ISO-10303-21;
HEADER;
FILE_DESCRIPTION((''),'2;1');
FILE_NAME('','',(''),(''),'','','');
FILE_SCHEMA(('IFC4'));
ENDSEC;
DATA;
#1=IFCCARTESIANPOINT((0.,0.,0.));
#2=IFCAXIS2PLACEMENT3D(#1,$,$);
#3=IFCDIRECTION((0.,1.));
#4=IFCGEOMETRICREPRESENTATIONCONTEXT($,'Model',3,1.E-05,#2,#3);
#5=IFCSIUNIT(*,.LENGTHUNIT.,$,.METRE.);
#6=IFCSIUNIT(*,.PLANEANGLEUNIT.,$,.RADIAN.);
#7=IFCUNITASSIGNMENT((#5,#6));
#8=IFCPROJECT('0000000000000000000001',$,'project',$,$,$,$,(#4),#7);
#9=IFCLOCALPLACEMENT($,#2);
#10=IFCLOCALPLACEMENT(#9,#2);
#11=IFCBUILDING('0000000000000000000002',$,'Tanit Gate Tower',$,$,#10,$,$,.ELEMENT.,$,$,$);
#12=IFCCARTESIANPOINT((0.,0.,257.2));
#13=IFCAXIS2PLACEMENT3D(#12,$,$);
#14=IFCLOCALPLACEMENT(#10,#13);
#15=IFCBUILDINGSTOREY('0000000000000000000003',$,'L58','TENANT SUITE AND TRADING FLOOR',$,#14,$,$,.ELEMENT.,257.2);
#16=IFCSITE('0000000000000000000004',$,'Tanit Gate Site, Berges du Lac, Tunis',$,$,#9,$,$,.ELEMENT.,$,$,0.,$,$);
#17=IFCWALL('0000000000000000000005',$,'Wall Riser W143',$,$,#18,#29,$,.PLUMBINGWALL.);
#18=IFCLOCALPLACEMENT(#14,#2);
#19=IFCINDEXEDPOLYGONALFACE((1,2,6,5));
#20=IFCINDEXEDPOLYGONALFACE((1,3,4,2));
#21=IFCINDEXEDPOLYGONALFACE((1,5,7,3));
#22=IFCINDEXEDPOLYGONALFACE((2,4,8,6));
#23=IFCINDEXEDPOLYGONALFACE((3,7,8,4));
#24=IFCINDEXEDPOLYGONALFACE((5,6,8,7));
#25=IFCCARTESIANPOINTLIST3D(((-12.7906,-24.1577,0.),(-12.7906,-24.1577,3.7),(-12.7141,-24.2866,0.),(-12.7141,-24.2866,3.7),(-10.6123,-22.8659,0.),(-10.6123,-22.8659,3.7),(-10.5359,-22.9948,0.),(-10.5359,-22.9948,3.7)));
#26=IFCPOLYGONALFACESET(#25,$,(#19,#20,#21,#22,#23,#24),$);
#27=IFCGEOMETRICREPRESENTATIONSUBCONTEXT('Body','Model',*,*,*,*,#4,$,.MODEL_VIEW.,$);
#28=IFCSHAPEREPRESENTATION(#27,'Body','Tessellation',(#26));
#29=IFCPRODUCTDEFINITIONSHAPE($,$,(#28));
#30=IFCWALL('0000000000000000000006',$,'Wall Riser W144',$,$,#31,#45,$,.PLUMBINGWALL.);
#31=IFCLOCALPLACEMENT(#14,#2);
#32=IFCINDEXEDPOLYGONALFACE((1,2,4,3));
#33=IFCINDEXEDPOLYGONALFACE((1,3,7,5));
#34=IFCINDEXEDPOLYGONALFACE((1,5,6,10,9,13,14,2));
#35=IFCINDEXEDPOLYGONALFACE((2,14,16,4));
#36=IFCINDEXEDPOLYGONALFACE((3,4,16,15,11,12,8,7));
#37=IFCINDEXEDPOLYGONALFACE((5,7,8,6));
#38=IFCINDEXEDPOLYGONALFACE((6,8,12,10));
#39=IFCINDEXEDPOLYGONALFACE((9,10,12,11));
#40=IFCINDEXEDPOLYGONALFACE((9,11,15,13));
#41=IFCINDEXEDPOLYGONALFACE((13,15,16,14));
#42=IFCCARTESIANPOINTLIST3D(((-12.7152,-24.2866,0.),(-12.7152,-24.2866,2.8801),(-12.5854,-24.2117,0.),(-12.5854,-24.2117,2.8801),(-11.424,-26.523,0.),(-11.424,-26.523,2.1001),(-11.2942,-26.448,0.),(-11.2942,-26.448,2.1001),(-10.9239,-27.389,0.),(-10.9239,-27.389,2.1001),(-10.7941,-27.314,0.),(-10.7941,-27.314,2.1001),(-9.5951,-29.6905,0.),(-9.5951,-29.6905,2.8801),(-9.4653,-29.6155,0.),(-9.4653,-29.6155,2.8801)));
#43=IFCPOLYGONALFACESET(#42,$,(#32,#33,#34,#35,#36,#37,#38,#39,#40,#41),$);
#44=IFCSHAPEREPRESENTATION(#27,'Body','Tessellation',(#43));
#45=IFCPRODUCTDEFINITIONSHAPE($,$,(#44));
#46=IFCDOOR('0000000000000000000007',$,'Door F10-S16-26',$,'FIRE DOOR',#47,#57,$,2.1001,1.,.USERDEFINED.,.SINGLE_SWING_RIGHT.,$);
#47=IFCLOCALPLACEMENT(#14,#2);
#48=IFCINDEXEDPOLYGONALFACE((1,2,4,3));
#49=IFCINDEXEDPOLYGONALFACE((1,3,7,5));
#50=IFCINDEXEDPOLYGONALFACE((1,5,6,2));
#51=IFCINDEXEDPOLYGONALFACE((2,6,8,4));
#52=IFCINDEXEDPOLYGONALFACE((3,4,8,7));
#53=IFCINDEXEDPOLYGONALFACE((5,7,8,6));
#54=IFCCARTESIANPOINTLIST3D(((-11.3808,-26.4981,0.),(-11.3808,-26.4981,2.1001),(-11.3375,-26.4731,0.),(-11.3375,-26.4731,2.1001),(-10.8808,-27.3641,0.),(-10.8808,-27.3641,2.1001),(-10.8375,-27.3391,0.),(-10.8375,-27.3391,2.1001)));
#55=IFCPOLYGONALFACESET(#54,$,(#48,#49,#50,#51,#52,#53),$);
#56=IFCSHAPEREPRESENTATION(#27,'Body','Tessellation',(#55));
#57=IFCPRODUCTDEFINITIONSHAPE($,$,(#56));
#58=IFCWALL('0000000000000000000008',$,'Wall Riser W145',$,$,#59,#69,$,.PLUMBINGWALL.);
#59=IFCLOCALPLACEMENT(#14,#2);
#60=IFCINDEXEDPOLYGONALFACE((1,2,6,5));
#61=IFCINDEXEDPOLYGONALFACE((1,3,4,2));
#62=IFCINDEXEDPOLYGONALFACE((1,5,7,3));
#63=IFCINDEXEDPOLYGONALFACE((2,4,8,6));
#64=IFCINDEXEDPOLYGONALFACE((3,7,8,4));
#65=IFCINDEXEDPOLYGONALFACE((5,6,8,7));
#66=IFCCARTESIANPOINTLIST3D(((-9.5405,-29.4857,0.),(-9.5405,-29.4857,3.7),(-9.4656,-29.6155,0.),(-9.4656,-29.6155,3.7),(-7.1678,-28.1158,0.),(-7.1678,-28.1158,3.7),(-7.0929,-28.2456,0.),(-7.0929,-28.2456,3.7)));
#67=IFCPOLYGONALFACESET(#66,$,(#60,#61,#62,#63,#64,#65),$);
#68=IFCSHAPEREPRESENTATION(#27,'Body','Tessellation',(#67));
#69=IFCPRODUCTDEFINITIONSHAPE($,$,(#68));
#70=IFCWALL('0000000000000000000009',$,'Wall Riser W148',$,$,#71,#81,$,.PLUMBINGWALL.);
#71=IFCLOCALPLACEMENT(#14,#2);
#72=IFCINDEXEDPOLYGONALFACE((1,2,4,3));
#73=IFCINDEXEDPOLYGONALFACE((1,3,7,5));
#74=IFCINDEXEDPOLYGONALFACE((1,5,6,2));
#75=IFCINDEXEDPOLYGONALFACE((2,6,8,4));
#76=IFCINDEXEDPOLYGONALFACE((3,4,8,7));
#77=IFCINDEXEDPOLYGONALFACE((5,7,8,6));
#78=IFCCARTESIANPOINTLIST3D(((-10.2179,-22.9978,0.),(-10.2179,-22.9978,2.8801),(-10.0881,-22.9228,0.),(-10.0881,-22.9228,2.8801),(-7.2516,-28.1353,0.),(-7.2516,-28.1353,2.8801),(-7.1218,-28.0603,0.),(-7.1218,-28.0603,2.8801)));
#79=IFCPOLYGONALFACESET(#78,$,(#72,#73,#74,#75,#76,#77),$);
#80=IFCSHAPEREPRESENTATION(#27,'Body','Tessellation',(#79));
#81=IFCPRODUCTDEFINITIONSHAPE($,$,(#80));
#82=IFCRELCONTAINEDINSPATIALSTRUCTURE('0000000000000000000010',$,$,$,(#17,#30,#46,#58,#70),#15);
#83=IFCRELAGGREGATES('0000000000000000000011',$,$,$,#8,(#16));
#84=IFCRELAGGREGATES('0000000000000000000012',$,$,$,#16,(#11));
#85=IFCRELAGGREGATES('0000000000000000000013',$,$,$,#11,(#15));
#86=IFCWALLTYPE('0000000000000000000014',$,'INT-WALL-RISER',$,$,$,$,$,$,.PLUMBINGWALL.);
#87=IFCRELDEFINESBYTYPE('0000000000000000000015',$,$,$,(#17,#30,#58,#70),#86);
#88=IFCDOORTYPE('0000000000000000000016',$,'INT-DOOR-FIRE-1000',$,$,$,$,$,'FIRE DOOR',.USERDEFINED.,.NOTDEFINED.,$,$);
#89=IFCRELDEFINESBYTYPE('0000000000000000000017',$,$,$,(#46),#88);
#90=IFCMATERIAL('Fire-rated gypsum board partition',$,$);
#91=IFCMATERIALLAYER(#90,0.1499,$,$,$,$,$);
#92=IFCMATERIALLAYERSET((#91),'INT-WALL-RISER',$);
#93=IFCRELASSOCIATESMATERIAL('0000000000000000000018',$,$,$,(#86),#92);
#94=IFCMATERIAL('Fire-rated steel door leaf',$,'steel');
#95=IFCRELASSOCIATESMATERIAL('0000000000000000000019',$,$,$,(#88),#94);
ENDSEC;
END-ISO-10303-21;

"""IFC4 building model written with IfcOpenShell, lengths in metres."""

from ifc_helpers import new_model, si_unit, direction, frame, frame_2d, origin, place, context, subcontext, project, spatial, rectangle, extrude, material, layer, layer_set, type_object, element, fill, save


model = new_model("IFC4")

# Units and contexts
model_context = context("Model", 3, precision=1e-05, world=origin(), true_north=direction((0.0, 1.0)))
body_context = subcontext(model_context, "Body", "Model", "MODEL_VIEW")
ifc_project = project(units=[si_unit("LENGTHUNIT", "METRE"), si_unit("PLANEANGLEUNIT", "RADIAN")], contexts=[model_context])

# Site, building, storey
site_placement = place(None, origin())
site = spatial("IfcSite", under=ifc_project, at=site_placement, Name="Tanit Gate Site, Berges du Lac, Tunis", CompositionType="ELEMENT", RefElevation=0.0)
building_placement = place(site_placement, origin())
building = spatial("IfcBuilding", under=site, at=building_placement, Name="Tanit Gate Tower", CompositionType="ELEMENT")
storey_placement = place(building_placement, frame((0.0, 0.0, 257.2)))
storey = spatial("IfcBuildingStorey", under=building, at=storey_placement, Name="L58", Description="TENANT SUITE AND TRADING FLOOR", CompositionType="ELEMENT", Elevation=257.2)

# Wall
ifc_material_1 = material(Name="Fire-rated gypsum board partition")
ifc_layer_1 = layer(ifc_material_1, 0.1499)
ifc_layer_set_1 = layer_set([ifc_layer_1], Name="INT-WALL-RISER")
wall_type_1 = type_object("IfcWallType", Name="INT-WALL-RISER", PredefinedType="PLUMBINGWALL", material=ifc_layer_set_1)
wall_1_placement = place(storey_placement, frame((-10.5742, -22.9304, 0.0), z_axis=(0.0, 0.0, 1.0), x_axis=(-0.860127, -0.51008, 0.0)))
element("IfcWall", 1, at=wall_1_placement, inside=storey, type_object=wall_type_1, Name="Wall Riser W143", PredefinedType="PLUMBINGWALL", context=body_context, shape_type="SweptSolid", body=[
    extrude(rectangle(XDim=2.5325, YDim=0.1499, at=frame_2d((1.2661, 0.0))), origin(), (0.0, 0.0, 1.0), 3.7),
])

# Wall, opening, door
wall_2_placement = place(storey_placement, frame((-12.6504, -24.249, 0.0), z_axis=(0.0, 0.0, 1.0), x_axis=(0.500027, -0.86601, 0.0)))
wall_2 = element("IfcWall", 2, at=wall_2_placement, inside=storey, type_object=wall_type_1, Name="Wall Riser W144", PredefinedType="PLUMBINGWALL", context=body_context, shape_type="SweptSolid", body=[
    extrude(rectangle(XDim=6.24, YDim=0.1499, at=frame_2d((3.1201, 0.0))), origin(), (0.0, 0.0, 1.0), 2.8801),
])
opening_1_placement = place(wall_2_placement, frame((2.5825, 0.0, 0.0)))
opening_1 = element("IfcOpeningElement", 3, at=opening_1_placement, cuts=wall_2, PredefinedType="OPENING", context=body_context, shape_type="SweptSolid", body=[
    extrude(rectangle(XDim=1.0, YDim=2.1001, at=frame_2d((0.5, 1.05))), frame((0.0, 0.085, 0.0), z_axis=(0.0, -1.0, 0.0), x_axis=(1.0, 0.0, 0.0)), (0.0, 0.0, 1.0), 0.1699),
])
ifc_material_2 = material(Name="Fire-rated steel door leaf", Category="steel")
door_type_1 = type_object("IfcDoorType", Name="INT-DOOR-FIRE-1000", ElementType="FIRE DOOR", OperationType="NOTDEFINED", PredefinedType="USERDEFINED", material=ifc_material_2)
door_1_placement = place(opening_1_placement, origin())
door_1 = element("IfcDoor", 4, at=door_1_placement, inside=storey, type_object=door_type_1, Name="Door F10-S16-26", ObjectType="FIRE DOOR", OperationType="SINGLE_SWING_RIGHT", OverallHeight=2.1001, OverallWidth=1.0, PredefinedType="USERDEFINED", context=body_context, shape_type="SweptSolid", body=[
    extrude(rectangle(XDim=1.0, YDim=2.1001, at=frame_2d((0.5, 1.05))), frame((0.0, 0.0249, 0.0), z_axis=(0.0, -1.0, 0.0), x_axis=(1.0, 0.0, 0.0)), (0.0, 0.0, 1.0), 0.05),
])
fill(opening_1, door_1)

# Walls
wall_3_placement = place(storey_placement, frame((-7.1304, -28.1807, 0.0), z_axis=(0.0, 0.0, 1.0), x_axis=(-0.866013, -0.500021, 0.0)))
element("IfcWall", 5, at=wall_3_placement, inside=storey, type_object=wall_type_1, Name="Wall Riser W145", PredefinedType="PLUMBINGWALL", context=body_context, shape_type="SweptSolid", body=[
    extrude(rectangle(XDim=2.7397, YDim=0.1499, at=frame_2d((1.3699, 0.0))), origin(), (0.0, 0.0, 1.0), 3.7),
])
wall_4_placement = place(storey_placement, frame((-10.1531, -22.9602, 0.0), z_axis=(0.0, 0.0, 1.0), x_axis=(0.500025, -0.866011, 0.0)))
element("IfcWall", 6, at=wall_4_placement, inside=storey, type_object=wall_type_1, Name="Wall Riser W148", PredefinedType="PLUMBINGWALL", context=body_context, shape_type="SweptSolid", body=[
    extrude(rectangle(XDim=5.9324, YDim=0.1499, at=frame_2d((2.9663, 0.0))), origin(), (0.0, 0.0, 1.0), 2.8801),
])

save(model, "model.ifc")
